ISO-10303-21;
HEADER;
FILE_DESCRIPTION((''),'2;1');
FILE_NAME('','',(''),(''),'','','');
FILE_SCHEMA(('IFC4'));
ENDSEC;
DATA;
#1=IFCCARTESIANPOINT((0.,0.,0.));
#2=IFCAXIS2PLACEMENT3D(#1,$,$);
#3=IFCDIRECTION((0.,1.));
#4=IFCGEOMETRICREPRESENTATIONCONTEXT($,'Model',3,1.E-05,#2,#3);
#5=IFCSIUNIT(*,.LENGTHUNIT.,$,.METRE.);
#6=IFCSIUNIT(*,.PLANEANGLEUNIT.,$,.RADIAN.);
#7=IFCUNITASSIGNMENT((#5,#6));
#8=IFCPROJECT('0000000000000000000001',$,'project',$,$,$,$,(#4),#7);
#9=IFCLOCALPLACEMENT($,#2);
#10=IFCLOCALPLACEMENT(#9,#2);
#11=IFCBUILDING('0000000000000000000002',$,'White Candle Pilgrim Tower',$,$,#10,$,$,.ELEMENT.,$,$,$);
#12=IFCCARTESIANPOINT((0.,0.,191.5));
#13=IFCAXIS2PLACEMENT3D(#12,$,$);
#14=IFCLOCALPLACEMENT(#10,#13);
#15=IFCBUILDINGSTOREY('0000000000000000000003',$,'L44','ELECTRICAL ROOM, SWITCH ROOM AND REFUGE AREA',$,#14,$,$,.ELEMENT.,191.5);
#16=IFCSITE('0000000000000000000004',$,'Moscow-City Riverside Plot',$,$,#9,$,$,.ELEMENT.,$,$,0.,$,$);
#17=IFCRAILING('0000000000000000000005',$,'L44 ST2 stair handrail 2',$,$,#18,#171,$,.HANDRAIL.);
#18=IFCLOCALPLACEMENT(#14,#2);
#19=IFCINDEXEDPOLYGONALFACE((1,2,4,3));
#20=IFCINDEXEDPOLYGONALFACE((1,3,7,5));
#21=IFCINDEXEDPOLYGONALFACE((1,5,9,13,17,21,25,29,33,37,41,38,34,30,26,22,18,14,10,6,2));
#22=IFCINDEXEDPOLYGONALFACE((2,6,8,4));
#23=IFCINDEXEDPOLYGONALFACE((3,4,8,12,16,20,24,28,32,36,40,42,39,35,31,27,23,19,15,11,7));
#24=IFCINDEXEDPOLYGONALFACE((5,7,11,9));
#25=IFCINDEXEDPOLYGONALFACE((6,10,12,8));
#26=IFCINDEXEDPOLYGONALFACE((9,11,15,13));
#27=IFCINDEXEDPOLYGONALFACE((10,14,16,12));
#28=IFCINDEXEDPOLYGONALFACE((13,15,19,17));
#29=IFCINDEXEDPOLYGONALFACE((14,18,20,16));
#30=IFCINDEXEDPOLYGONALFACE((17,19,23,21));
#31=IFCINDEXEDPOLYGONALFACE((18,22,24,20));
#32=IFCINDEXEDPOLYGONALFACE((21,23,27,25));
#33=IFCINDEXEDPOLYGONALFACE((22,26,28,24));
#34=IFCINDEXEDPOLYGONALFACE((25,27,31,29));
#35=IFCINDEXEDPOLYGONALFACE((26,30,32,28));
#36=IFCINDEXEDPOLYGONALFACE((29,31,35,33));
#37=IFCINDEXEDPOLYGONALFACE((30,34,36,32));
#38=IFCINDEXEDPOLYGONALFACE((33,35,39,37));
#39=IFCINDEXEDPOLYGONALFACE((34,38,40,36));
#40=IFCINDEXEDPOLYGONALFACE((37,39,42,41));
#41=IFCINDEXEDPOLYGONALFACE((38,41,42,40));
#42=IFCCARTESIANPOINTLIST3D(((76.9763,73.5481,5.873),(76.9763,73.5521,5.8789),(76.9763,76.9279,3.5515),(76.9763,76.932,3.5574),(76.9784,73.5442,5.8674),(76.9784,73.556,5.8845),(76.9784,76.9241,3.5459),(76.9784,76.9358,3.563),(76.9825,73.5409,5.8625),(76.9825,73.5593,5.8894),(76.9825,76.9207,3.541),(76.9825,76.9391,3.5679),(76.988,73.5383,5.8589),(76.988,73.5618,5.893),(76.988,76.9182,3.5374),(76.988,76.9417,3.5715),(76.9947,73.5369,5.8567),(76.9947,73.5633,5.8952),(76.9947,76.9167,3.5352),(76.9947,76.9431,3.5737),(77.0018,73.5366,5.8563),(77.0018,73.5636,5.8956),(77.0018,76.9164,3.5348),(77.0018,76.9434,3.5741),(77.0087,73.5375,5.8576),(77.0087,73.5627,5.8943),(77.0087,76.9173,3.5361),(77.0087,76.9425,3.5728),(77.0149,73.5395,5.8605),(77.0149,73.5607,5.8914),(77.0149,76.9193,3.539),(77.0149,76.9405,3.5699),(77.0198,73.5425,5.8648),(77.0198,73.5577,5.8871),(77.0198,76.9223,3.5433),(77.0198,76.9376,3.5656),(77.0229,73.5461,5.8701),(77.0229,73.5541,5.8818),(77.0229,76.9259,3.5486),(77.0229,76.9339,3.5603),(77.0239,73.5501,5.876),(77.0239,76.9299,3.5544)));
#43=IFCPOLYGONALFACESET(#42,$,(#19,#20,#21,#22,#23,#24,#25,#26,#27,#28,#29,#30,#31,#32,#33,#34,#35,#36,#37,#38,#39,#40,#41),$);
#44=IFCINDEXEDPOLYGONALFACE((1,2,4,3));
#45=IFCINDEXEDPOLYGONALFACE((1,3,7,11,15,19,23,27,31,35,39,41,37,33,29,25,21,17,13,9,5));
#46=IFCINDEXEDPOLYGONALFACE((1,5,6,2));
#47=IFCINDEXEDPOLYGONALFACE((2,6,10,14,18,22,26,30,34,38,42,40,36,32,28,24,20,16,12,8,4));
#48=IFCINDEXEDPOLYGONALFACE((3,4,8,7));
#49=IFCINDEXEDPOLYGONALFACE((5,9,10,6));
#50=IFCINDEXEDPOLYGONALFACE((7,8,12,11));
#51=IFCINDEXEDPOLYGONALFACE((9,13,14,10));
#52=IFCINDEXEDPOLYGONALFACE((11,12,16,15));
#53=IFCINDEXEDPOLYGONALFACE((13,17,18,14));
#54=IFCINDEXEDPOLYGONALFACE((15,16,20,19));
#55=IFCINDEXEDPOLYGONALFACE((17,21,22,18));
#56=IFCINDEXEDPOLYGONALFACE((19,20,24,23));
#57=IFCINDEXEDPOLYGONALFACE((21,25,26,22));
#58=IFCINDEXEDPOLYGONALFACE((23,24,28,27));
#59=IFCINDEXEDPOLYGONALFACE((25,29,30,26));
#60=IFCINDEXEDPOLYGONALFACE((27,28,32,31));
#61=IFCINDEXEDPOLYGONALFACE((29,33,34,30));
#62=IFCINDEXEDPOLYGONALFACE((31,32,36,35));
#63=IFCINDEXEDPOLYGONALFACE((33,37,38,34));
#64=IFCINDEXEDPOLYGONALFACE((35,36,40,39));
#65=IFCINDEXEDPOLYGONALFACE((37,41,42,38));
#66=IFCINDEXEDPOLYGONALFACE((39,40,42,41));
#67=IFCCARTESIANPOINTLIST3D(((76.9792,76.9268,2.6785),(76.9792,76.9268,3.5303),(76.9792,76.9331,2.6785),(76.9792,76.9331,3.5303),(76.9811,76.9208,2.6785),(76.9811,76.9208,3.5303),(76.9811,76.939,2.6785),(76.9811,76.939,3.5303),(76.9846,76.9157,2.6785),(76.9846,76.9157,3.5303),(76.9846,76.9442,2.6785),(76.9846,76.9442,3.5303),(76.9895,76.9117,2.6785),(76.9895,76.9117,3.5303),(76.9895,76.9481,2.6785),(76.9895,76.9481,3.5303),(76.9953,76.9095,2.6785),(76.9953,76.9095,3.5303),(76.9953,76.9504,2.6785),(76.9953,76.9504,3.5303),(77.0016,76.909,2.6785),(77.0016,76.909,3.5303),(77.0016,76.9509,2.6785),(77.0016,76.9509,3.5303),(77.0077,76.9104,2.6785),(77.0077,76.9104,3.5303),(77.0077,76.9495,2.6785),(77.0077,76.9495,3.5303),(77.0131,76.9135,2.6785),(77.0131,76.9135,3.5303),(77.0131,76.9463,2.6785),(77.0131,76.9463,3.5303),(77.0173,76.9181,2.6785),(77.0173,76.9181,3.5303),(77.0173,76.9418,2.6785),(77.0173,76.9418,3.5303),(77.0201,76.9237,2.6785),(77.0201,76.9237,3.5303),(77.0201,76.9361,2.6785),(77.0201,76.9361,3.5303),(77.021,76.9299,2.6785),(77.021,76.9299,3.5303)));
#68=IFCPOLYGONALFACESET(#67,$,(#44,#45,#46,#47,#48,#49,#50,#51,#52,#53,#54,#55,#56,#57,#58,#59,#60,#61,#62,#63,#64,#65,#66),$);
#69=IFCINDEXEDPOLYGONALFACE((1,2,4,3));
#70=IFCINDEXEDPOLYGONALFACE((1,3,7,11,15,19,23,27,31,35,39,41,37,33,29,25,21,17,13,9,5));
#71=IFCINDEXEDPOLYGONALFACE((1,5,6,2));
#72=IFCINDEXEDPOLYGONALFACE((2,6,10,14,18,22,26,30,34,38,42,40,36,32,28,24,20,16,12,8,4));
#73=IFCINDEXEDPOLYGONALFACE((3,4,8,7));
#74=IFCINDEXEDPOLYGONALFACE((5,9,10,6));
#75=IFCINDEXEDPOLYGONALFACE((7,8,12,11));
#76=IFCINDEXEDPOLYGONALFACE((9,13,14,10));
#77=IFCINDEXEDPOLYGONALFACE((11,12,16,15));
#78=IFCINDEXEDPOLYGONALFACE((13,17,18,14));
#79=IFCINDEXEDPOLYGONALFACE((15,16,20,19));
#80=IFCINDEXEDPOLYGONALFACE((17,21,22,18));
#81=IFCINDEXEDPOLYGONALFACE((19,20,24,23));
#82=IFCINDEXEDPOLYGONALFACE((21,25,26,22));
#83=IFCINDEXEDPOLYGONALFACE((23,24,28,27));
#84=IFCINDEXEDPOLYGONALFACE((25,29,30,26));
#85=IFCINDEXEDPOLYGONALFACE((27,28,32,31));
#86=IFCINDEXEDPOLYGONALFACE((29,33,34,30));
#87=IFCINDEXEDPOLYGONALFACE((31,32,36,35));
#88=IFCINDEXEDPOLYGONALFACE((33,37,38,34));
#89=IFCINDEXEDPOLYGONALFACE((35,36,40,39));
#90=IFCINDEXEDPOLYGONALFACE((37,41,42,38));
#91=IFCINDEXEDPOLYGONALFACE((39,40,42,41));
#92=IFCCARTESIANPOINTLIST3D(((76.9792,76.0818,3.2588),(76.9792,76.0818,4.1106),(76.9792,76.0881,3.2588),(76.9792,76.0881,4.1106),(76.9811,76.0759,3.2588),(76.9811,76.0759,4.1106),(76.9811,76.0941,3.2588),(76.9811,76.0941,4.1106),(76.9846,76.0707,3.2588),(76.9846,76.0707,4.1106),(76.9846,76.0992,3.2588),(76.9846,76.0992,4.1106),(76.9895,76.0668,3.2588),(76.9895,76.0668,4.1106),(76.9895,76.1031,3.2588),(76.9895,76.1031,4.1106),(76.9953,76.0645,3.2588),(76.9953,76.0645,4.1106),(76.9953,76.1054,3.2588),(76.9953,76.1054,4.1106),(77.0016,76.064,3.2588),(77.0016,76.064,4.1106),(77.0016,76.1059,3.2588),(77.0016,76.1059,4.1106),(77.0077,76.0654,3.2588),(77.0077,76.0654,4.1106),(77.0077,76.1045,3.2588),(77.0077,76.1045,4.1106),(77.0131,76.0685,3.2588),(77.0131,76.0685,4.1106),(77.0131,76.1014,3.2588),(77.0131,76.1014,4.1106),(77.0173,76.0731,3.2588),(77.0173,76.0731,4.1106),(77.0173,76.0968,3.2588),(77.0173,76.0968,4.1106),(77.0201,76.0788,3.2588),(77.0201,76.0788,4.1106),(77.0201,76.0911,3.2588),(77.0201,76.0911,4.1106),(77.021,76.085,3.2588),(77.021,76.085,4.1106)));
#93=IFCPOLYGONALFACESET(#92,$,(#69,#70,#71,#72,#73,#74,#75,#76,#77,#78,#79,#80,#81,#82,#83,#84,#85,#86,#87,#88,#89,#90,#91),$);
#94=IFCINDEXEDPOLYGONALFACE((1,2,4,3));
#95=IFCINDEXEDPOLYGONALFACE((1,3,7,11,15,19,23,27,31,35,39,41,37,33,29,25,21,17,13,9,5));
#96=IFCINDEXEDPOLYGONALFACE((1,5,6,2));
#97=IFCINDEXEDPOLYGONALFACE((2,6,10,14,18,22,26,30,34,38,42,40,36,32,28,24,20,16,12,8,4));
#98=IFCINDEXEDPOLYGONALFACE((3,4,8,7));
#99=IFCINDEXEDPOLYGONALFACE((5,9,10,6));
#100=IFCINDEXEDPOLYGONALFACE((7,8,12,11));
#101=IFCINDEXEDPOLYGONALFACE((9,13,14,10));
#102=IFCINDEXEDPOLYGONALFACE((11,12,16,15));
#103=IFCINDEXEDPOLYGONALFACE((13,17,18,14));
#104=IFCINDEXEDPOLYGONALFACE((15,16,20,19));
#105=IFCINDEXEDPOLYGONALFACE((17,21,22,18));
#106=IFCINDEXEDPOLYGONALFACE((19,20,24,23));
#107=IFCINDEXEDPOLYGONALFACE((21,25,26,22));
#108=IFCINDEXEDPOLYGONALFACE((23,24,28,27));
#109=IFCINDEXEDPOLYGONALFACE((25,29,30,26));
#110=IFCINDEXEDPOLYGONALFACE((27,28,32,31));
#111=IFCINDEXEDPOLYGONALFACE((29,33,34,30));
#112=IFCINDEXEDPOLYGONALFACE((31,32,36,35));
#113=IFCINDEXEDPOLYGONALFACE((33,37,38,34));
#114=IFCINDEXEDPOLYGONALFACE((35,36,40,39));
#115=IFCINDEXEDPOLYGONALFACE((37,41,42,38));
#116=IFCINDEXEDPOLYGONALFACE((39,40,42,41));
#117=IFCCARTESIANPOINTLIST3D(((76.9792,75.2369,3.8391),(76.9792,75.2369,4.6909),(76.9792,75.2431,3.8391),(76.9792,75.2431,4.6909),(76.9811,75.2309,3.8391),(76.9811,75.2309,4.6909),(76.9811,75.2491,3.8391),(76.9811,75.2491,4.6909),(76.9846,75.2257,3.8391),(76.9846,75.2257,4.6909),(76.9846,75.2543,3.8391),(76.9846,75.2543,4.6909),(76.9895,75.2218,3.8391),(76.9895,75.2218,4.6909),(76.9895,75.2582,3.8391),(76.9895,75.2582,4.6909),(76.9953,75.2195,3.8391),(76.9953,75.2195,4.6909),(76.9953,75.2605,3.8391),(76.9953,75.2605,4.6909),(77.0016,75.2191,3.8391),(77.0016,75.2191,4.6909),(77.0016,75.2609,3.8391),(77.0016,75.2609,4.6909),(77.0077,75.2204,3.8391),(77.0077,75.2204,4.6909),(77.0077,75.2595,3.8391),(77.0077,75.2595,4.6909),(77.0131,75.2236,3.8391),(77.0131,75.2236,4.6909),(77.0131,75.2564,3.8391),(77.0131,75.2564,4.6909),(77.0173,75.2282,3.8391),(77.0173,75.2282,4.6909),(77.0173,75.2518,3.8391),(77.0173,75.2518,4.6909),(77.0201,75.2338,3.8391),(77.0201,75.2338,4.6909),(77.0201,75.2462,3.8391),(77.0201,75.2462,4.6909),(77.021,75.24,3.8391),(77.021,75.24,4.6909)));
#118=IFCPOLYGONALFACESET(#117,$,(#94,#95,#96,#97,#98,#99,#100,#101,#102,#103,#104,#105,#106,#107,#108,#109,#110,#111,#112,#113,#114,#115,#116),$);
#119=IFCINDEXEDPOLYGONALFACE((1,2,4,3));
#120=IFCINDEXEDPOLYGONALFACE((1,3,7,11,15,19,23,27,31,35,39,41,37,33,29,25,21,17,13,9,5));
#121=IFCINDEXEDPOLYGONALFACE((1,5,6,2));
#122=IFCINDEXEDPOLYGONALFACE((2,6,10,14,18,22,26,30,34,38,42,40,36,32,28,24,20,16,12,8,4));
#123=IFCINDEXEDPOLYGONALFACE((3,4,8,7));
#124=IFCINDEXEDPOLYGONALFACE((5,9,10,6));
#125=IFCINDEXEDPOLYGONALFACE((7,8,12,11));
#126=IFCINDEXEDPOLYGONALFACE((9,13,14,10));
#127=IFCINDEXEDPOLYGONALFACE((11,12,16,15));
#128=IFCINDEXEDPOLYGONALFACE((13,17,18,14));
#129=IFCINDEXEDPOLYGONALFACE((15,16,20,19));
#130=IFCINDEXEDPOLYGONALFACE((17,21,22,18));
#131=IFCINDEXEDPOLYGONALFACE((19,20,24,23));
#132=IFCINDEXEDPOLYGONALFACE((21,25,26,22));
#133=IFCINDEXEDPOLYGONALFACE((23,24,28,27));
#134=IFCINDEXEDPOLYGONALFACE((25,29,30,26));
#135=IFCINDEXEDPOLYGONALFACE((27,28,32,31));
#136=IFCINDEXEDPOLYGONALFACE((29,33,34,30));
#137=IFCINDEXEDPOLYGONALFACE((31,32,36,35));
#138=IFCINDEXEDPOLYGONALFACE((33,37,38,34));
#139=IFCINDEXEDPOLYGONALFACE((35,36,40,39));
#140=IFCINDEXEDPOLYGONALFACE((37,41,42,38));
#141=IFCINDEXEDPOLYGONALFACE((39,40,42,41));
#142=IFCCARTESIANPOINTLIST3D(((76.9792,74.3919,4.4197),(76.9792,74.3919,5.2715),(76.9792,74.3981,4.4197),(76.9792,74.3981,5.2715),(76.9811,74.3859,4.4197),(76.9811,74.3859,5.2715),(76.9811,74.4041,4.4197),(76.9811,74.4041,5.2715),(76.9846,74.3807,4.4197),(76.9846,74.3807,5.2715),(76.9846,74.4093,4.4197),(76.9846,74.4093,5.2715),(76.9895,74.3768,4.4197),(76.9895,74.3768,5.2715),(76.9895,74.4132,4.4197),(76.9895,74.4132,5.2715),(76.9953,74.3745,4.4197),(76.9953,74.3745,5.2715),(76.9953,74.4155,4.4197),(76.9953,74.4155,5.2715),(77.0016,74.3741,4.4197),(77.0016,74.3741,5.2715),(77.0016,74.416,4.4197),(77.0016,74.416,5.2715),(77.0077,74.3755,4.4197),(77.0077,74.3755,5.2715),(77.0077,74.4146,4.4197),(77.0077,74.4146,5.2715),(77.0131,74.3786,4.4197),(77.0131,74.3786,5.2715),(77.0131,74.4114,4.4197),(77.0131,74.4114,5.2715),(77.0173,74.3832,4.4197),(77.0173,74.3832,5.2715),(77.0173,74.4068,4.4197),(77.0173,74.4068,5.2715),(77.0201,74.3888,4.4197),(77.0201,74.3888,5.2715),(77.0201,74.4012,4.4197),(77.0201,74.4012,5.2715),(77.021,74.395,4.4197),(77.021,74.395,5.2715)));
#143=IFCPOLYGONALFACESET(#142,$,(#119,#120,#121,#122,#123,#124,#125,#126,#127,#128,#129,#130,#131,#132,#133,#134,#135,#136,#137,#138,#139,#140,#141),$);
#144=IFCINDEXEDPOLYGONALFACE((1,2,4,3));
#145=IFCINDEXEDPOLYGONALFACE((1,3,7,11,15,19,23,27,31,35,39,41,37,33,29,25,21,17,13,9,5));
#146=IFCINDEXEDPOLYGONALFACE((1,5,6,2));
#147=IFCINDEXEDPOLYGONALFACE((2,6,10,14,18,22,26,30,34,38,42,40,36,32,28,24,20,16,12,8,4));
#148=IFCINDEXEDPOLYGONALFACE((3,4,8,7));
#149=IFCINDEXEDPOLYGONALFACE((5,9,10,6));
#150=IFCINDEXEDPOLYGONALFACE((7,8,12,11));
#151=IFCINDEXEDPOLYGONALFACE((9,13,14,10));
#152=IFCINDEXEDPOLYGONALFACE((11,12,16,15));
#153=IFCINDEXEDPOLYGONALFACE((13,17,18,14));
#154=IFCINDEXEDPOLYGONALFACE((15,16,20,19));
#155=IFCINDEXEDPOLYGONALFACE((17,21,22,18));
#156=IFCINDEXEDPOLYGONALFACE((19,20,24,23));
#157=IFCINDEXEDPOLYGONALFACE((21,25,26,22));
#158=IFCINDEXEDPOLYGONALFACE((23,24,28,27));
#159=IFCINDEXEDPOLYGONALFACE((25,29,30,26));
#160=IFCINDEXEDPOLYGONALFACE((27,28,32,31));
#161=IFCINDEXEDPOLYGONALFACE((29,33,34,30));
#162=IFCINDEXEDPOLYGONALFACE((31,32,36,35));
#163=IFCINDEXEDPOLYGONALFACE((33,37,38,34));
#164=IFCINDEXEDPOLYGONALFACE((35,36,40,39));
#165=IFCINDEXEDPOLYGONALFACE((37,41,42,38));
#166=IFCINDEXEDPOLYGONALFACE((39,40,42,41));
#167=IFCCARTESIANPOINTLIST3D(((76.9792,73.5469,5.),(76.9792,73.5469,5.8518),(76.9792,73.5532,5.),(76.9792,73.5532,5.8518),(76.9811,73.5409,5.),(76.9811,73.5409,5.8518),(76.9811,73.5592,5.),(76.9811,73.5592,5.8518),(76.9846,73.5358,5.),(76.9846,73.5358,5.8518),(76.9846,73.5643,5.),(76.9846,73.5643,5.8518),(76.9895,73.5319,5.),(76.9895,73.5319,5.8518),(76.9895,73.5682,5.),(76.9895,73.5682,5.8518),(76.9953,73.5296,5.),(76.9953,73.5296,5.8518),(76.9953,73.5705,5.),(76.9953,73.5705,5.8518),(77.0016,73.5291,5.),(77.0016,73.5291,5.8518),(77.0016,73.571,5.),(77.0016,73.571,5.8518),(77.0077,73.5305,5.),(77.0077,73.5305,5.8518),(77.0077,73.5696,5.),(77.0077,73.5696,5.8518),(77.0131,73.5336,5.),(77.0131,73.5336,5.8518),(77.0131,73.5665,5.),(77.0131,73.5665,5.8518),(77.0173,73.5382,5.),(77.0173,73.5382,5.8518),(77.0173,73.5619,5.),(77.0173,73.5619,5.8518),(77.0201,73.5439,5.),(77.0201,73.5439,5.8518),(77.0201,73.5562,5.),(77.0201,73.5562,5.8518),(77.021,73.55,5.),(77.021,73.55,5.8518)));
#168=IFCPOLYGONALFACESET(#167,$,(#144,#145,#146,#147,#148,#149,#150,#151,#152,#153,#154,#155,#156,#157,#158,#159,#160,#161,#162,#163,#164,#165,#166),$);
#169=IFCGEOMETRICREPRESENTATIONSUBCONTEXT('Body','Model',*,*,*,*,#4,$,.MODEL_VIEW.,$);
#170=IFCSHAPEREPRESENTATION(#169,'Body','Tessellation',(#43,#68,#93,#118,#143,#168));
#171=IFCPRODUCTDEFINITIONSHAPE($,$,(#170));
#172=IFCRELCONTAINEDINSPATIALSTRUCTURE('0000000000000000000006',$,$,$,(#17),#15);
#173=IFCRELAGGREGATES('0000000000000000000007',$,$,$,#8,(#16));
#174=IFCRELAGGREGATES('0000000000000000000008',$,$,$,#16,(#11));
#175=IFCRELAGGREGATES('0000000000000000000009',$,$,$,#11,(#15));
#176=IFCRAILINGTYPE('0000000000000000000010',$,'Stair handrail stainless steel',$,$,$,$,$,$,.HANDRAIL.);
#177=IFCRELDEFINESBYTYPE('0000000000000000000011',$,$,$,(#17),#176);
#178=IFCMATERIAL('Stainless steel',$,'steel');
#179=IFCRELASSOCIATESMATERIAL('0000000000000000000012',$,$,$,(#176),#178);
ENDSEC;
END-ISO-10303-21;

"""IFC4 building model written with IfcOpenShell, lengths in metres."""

from ifc_helpers import new_model, si_unit, direction, frame, origin, origin_2d, place, context, subcontext, project, spatial, circle, extrude, material, type_object, element, save


model = new_model("IFC4")

# Units and contexts
model_context = context("Model", 3, precision=1e-05, world=origin(), true_north=direction((0.0, 1.0)))
body_context = subcontext(model_context, "Body", "Model", "MODEL_VIEW")
ifc_project = project(units=[si_unit("LENGTHUNIT", "METRE"), si_unit("PLANEANGLEUNIT", "RADIAN")], contexts=[model_context])

# Site, building, storey
site_placement = place(None, origin())
site = spatial("IfcSite", under=ifc_project, at=site_placement, Name="Moscow-City Riverside Plot", CompositionType="ELEMENT", RefElevation=0.0)
building_placement = place(site_placement, origin())
building = spatial("IfcBuilding", under=site, at=building_placement, Name="White Candle Pilgrim Tower", CompositionType="ELEMENT")
storey_placement = place(building_placement, frame((0.0, 0.0, 191.5)))
storey = spatial("IfcBuildingStorey", under=building, at=storey_placement, Name="L44", Description="ELECTRICAL ROOM, SWITCH ROOM AND REFUGE AREA", CompositionType="ELEMENT", Elevation=191.5)

# Railing
ifc_material_1 = material(Name="Stainless steel", Category="steel")
railing_type_1 = type_object("IfcRailingType", Name="Stair handrail stainless steel", PredefinedType="HANDRAIL", material=ifc_material_1)
railing_1_placement = place(storey_placement, frame((77.0, 76.9299, 2.6785)))
element("IfcRailing", 1, at=railing_1_placement, inside=storey, type_object=railing_type_1, Name="L44 ST2 stair handrail 2", PredefinedType="HANDRAIL", context=body_context, shape_type="SweptSolid", body=[
    extrude(circle(Radius=0.0239, at=origin_2d()), frame((0.0, 0.0, 0.876), z_axis=(0.0, -0.824285, 0.566175), x_axis=(1.0, 0.0, 0.0)), (0.0, 0.0, 1.0), 4.1003),
    extrude(circle(Radius=0.021, at=origin_2d()), origin(), (0.0, 0.0, 1.0), 0.8518),
    extrude(circle(Radius=0.021, at=origin_2d()), frame((0.0, -0.845, 0.5803)), (0.0, 0.0, 1.0), 0.8518),
    extrude(circle(Radius=0.021, at=origin_2d()), frame((0.0, -1.6899, 1.1606)), (0.0, 0.0, 1.0), 0.8518),
    extrude(circle(Radius=0.021, at=origin_2d()), frame((0.0, -2.5349, 1.7412)), (0.0, 0.0, 1.0), 0.8518),
    extrude(circle(Radius=0.021, at=origin_2d()), frame((0.0, -3.3799, 2.3215)), (0.0, 0.0, 1.0), 0.8518),
])

save(model, "model.ifc")
